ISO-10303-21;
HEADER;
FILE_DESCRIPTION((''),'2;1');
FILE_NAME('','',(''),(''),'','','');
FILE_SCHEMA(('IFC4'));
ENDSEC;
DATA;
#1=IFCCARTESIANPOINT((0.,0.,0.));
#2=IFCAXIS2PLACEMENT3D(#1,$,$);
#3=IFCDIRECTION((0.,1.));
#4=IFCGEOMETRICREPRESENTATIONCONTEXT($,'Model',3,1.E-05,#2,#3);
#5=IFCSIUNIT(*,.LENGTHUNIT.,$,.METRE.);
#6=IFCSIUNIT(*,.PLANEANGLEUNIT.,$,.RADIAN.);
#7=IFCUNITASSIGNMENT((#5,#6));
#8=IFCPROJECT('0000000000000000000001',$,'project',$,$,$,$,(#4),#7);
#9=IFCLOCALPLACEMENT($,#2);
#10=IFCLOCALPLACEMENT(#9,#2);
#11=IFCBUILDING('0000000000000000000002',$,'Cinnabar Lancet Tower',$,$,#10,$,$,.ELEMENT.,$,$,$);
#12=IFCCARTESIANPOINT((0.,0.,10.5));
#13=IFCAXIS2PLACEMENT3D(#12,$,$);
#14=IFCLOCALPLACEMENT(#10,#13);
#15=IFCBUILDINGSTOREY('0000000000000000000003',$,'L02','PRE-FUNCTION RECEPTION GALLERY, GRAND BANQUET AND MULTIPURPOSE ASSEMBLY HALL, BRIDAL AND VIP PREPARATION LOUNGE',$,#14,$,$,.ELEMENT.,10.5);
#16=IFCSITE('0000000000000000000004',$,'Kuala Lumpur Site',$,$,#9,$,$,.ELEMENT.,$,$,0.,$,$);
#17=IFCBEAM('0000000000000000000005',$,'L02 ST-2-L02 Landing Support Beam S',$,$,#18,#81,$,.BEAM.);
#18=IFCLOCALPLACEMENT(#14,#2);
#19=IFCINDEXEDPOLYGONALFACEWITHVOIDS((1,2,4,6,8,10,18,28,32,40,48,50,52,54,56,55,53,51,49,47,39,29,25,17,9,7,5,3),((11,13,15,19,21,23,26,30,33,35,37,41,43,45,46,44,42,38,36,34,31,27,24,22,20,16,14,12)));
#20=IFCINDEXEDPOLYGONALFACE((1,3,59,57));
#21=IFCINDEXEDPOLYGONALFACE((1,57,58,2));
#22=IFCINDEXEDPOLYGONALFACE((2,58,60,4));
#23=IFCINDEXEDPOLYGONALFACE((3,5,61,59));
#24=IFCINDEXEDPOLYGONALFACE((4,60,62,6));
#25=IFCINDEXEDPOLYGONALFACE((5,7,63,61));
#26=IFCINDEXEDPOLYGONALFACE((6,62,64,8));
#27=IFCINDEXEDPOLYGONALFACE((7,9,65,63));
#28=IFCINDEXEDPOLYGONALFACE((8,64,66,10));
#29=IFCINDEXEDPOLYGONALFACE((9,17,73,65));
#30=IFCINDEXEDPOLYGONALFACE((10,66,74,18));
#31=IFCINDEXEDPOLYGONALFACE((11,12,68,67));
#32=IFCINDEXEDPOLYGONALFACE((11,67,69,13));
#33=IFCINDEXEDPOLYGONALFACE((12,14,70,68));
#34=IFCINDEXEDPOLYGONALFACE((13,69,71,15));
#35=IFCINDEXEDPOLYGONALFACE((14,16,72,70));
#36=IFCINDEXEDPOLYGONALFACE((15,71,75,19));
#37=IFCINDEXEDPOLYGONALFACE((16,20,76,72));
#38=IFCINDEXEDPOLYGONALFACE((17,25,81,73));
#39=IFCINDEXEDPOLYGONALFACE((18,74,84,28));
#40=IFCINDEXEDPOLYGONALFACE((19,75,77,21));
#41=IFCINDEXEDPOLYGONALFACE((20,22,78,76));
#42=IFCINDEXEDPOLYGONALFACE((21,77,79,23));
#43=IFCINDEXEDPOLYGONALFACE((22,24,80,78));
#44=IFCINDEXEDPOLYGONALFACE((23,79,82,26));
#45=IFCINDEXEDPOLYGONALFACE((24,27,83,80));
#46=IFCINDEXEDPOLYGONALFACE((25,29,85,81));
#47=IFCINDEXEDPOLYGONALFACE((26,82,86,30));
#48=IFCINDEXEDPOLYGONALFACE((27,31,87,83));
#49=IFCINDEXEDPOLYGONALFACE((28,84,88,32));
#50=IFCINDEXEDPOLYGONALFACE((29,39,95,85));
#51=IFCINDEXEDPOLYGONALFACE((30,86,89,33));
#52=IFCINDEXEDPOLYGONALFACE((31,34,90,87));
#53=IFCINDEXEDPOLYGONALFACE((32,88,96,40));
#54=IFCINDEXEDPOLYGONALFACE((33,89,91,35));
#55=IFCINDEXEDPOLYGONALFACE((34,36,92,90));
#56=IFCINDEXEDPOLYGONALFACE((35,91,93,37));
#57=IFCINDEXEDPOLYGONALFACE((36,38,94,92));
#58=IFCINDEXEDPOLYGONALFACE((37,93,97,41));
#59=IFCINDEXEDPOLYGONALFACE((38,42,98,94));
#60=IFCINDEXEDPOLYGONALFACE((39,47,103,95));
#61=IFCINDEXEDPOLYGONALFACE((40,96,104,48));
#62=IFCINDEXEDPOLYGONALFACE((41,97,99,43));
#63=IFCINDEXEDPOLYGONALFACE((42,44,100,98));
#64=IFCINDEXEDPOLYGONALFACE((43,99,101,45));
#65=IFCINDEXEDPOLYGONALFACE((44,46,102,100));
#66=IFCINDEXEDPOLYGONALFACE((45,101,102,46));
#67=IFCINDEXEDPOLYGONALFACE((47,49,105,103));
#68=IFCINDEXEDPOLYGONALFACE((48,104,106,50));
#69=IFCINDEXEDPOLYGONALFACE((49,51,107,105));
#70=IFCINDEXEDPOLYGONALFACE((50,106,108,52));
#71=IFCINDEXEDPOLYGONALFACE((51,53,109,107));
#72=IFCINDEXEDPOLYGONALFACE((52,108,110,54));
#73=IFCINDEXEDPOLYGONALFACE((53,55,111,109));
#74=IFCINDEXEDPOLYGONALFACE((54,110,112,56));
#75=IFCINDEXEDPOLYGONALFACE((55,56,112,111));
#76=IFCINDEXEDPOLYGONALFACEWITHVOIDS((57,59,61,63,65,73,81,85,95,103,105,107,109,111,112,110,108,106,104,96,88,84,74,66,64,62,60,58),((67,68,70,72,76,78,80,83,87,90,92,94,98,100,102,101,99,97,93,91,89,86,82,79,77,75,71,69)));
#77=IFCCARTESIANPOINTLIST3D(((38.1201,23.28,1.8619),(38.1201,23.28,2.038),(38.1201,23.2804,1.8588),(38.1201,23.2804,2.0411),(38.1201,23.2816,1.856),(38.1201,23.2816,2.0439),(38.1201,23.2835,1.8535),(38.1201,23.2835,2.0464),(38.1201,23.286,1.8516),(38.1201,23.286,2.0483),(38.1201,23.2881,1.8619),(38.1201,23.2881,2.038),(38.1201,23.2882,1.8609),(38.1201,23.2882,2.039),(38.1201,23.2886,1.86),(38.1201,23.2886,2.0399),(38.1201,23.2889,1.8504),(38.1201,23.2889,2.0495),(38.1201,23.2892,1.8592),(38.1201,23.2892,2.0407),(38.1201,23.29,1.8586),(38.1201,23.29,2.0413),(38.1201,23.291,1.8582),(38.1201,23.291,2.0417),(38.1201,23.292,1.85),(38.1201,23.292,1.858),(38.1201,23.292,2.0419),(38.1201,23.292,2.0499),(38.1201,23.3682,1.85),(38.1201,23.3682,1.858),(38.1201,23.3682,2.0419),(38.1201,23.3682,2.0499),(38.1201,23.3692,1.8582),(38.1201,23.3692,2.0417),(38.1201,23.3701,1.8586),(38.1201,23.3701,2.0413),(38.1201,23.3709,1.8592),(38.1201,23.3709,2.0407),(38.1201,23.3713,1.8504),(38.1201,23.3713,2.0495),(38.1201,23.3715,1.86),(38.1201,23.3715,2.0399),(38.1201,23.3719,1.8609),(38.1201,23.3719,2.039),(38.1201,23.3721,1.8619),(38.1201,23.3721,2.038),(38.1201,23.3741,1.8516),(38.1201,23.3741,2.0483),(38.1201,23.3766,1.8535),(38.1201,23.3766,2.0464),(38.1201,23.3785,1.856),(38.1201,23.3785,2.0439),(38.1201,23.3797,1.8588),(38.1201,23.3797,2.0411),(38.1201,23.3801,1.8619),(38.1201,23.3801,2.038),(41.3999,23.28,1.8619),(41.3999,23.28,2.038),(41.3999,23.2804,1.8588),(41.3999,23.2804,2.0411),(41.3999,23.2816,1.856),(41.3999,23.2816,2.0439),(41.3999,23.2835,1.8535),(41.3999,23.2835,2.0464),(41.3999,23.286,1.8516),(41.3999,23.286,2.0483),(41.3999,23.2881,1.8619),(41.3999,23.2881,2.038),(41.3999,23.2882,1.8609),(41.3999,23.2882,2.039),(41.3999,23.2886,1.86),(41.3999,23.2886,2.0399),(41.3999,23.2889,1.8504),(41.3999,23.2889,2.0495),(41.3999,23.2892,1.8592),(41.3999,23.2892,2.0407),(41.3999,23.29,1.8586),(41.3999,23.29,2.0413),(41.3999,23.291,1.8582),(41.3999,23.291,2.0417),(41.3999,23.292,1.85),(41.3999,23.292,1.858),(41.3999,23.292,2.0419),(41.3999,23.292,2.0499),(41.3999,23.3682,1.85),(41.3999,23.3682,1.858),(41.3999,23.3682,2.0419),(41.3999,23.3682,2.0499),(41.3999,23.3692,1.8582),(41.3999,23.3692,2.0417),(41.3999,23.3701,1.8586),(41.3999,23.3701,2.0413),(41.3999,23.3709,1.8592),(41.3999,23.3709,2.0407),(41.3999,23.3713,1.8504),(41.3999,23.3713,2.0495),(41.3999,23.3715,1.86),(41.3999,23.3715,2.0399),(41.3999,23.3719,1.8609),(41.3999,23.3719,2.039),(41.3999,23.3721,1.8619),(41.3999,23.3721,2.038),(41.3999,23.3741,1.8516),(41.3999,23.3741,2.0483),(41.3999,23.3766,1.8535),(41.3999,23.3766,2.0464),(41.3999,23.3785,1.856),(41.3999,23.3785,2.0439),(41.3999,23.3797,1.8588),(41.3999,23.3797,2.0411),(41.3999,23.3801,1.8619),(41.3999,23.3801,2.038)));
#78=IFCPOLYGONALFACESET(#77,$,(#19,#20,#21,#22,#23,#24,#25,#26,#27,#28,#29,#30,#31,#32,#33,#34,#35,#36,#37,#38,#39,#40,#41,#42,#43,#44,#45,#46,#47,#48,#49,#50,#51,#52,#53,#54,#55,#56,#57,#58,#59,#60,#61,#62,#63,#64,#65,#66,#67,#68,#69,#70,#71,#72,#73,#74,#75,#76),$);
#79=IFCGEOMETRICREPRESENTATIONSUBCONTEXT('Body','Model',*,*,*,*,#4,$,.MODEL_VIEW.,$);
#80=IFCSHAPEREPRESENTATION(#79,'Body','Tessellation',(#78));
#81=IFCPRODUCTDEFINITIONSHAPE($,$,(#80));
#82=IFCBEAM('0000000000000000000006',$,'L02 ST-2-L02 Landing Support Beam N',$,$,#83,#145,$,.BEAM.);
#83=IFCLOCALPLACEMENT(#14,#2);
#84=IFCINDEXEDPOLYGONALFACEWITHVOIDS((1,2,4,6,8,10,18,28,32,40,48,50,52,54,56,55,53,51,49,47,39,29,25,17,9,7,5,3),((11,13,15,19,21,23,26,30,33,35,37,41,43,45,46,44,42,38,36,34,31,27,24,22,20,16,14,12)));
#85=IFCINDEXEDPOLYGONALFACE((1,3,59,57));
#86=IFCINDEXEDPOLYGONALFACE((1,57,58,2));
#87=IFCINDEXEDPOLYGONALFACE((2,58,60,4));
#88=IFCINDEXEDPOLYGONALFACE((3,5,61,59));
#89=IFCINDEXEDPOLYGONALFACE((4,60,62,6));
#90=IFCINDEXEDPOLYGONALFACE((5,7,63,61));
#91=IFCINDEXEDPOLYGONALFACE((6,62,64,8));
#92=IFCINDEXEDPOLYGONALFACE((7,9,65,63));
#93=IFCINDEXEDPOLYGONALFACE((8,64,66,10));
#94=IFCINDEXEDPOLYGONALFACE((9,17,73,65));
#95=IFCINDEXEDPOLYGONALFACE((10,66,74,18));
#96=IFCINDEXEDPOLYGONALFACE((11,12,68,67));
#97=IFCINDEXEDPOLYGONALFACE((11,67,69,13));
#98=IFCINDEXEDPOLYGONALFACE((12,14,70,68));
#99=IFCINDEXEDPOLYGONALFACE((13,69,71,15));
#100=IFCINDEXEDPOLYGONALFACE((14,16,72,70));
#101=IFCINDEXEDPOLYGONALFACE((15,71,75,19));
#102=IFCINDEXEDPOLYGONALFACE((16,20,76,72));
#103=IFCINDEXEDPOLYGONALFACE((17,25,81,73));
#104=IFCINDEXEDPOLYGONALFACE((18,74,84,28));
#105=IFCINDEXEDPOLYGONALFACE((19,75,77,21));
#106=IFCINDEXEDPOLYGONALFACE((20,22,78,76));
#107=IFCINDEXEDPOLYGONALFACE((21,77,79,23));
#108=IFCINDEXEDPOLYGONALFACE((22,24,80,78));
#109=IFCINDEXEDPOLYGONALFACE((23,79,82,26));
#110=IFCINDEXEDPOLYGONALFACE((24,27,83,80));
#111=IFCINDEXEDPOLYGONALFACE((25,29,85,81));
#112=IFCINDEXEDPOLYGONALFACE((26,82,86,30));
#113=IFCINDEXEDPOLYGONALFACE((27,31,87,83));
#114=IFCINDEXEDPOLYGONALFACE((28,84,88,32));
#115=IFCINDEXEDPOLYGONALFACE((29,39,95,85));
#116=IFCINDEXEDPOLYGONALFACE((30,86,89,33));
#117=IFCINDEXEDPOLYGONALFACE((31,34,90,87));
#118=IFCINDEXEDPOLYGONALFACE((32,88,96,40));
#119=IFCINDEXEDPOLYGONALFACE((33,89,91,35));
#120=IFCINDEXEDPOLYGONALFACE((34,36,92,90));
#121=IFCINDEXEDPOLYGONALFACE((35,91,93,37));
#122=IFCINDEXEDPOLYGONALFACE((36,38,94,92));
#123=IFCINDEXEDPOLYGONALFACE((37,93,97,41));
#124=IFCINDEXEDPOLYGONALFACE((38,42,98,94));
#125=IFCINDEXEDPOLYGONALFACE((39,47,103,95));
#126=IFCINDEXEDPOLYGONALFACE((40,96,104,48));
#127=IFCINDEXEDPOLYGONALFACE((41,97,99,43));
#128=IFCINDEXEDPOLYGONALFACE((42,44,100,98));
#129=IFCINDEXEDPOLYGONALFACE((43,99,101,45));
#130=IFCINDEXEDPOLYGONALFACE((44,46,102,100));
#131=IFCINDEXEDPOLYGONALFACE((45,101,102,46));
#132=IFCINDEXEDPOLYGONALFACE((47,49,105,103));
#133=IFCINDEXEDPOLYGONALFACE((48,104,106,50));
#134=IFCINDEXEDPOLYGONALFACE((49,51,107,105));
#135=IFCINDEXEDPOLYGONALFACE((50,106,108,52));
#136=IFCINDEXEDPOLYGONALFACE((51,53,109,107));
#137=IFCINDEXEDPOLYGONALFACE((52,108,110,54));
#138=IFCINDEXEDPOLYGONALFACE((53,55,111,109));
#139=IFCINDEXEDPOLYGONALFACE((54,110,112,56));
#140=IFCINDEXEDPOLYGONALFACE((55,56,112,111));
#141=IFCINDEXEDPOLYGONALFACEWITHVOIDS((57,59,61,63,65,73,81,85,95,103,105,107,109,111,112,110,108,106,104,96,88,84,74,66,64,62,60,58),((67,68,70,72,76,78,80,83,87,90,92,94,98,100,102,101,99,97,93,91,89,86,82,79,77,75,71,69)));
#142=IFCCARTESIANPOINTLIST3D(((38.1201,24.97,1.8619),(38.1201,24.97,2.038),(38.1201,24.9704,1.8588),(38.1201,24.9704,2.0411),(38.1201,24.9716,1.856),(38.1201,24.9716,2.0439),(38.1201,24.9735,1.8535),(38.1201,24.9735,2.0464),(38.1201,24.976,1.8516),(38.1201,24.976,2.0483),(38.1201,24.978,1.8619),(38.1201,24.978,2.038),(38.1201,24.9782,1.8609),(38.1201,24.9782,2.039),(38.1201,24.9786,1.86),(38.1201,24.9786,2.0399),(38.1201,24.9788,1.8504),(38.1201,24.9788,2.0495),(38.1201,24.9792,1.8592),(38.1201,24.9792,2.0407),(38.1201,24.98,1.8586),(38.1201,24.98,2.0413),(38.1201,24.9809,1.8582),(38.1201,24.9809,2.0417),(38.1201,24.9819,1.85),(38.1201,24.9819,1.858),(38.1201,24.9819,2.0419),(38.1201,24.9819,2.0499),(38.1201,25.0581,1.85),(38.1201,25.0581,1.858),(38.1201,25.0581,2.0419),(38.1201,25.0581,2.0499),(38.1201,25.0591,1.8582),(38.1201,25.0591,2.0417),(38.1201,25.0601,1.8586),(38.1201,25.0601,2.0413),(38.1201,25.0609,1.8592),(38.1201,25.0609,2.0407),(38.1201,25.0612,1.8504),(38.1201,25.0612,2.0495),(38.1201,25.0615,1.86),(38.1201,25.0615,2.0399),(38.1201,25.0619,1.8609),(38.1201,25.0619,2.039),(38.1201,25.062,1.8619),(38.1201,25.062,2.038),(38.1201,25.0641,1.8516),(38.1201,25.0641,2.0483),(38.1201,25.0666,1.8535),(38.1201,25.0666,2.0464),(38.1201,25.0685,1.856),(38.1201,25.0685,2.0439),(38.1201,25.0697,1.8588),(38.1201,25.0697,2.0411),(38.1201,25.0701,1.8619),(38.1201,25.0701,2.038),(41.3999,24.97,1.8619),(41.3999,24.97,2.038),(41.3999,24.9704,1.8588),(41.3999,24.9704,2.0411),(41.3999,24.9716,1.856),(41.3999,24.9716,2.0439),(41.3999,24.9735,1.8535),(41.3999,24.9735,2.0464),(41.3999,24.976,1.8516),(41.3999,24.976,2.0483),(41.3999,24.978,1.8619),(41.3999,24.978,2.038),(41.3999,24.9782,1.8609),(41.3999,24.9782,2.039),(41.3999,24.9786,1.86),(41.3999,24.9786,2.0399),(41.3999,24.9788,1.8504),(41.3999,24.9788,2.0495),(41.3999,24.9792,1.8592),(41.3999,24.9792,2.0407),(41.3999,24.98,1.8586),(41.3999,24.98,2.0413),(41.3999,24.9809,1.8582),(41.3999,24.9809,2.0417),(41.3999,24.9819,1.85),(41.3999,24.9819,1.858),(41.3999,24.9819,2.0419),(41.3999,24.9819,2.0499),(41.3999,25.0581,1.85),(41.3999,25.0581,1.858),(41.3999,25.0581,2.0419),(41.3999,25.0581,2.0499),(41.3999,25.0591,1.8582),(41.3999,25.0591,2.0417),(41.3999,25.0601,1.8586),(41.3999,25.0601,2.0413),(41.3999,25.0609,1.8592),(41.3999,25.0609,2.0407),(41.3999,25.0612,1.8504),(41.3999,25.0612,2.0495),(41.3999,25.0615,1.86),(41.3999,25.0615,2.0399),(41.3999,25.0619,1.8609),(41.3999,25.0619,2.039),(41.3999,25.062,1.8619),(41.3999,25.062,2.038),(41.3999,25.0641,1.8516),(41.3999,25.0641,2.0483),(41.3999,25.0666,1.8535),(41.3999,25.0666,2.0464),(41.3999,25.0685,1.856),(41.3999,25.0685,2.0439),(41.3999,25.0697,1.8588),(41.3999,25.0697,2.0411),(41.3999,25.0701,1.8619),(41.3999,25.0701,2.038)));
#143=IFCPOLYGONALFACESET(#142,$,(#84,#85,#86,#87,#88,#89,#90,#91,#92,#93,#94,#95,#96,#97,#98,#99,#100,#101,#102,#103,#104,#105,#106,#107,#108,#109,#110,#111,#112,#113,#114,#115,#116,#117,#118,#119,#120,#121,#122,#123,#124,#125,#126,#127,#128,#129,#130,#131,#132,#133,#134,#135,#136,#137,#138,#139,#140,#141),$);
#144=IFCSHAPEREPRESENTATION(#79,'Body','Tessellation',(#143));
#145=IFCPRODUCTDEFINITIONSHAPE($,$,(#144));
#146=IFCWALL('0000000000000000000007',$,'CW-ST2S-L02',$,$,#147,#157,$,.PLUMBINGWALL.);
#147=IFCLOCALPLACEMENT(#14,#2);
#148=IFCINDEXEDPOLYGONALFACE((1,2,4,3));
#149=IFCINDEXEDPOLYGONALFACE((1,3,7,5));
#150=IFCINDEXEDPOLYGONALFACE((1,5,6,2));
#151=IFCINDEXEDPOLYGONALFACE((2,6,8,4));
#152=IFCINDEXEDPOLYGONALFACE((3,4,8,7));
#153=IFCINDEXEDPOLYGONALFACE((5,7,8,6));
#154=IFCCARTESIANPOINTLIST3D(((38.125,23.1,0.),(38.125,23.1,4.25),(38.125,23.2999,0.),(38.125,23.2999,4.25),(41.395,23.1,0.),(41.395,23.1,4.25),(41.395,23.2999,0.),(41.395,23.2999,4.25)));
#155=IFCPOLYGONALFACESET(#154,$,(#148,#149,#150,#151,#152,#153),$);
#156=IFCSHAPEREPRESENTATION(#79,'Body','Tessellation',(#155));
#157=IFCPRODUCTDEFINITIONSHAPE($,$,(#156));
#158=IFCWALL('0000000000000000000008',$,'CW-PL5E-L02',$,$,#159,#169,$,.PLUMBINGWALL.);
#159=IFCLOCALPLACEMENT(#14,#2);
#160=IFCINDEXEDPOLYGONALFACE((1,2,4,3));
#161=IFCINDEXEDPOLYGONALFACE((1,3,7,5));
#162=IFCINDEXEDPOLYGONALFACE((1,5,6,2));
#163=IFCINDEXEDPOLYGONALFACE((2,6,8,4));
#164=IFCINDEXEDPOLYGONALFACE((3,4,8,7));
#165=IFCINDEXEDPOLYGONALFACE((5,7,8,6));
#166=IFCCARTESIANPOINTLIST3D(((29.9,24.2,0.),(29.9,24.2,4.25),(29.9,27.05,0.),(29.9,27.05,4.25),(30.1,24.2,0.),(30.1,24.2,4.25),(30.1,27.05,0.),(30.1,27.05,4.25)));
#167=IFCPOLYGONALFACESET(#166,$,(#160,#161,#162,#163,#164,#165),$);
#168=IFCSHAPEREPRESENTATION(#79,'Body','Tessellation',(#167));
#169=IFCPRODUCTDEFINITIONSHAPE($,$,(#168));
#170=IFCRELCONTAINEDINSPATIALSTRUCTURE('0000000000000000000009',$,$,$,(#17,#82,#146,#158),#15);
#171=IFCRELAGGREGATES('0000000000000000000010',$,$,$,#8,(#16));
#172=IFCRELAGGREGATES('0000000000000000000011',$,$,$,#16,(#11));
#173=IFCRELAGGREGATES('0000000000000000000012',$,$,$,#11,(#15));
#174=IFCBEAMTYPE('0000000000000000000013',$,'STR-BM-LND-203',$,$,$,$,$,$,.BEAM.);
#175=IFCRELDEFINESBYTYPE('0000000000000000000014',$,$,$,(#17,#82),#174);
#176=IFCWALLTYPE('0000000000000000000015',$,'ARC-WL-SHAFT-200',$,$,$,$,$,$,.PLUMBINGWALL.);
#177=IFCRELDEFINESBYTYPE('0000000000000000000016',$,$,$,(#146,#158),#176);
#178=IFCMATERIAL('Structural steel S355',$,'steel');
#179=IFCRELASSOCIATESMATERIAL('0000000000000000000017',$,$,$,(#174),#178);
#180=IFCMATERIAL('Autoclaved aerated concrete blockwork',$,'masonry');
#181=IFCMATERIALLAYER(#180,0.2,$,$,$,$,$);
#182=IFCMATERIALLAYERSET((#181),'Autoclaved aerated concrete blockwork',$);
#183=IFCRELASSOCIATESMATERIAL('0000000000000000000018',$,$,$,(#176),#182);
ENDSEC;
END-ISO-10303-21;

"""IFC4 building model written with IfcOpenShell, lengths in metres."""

from ifc_helpers import new_model, si_unit, direction, frame, frame_2d, origin, origin_2d, place, context, subcontext, project, spatial, rectangle, hollow_rectangle, extrude, material, layer, layer_set, material_profile, profile_set, type_object, element, save


model = new_model("IFC4")

# Units and contexts
model_context = context("Model", 3, precision=1e-05, world=origin(), true_north=direction((0.0, 1.0)))
body_context = subcontext(model_context, "Body", "Model", "MODEL_VIEW")
ifc_project = project(units=[si_unit("LENGTHUNIT", "METRE"), si_unit("PLANEANGLEUNIT", "RADIAN")], contexts=[model_context])

# Site, building, storey
site_placement = place(None, origin())
site = spatial("IfcSite", under=ifc_project, at=site_placement, Name="Kuala Lumpur Site", CompositionType="ELEMENT", RefElevation=0.0)
building_placement = place(site_placement, origin())
building = spatial("IfcBuilding", under=site, at=building_placement, Name="Cinnabar Lancet Tower", CompositionType="ELEMENT")
storey_placement = place(building_placement, frame((0.0, 0.0, 10.5)))
storey = spatial("IfcBuildingStorey", under=building, at=storey_placement, Name="L02", Description="PRE-FUNCTION RECEPTION GALLERY, GRAND BANQUET AND MULTIPURPOSE ASSEMBLY HALL, BRIDAL AND VIP PREPARATION LOUNGE", CompositionType="ELEMENT", Elevation=10.5)

# Beams
ifc_material_1 = material(Name="Structural steel S355", Category="steel")
ifc_material_profile = material_profile(ifc_material_1, hollow_rectangle(XDim=0.1001, YDim=0.2, WallThickness=0.0081, InnerFilletRadius=0.0039, OuterFilletRadius=0.012, at=origin_2d()), Name="RHS 200x100x8")
ifc_profile_set = profile_set([ifc_material_profile], Name="Structural steel S355")
beam_type = type_object("IfcBeamType", Name="STR-BM-LND-203", PredefinedType="BEAM", material=ifc_profile_set)
for number, where, z_axis, x_axis, name in (
    (1, (38.1201, 23.3301, 1.95), (1.0, 0.0, 0.0), (0.0, 1.0, 0.0), "L02 ST-2-L02 Landing Support Beam S"),
    (2, (38.1201, 25.02, 1.95), (1.0, 0.0, 0.0), (0.0, 1.0, 0.0), "L02 ST-2-L02 Landing Support Beam N"),
):
    element("IfcBeam", number, at=place(storey_placement, frame(where, z_axis=z_axis, x_axis=x_axis)), inside=storey, type_object=beam_type, Name=name, PredefinedType="BEAM", context=body_context, shape_type="SweptSolid", body=[
        extrude(hollow_rectangle(XDim=0.1001, YDim=0.2, WallThickness=0.0081, InnerFilletRadius=0.0039, OuterFilletRadius=0.012, at=origin_2d()), origin(), (0.0, 0.0, 1.0), 3.2798),
    ])

# Walls
ifc_material_2 = material(Name="Autoclaved aerated concrete blockwork", Category="masonry")
ifc_layer_1 = layer(ifc_material_2, 0.2)
ifc_layer_set_1 = layer_set([ifc_layer_1], Name="Autoclaved aerated concrete blockwork")
wall_type_1 = type_object("IfcWallType", Name="ARC-WL-SHAFT-200", PredefinedType="PLUMBINGWALL", material=ifc_layer_set_1)
wall_1_placement = place(storey_placement, frame((38.125, 23.2, 0.0), z_axis=(0.0, 0.0, 1.0), x_axis=(1.0, 0.0, 0.0)))
element("IfcWall", 3, at=wall_1_placement, inside=storey, type_object=wall_type_1, Name="CW-ST2S-L02", PredefinedType="PLUMBINGWALL", context=body_context, shape_type="SweptSolid", body=[
    extrude(rectangle(XDim=3.27, YDim=0.2, at=frame_2d((1.635, 0.0))), origin(), (0.0, 0.0, 1.0), 4.25),
])
wall_2_placement = place(storey_placement, frame((30.0, 24.2, 0.0), z_axis=(0.0, 0.0, 1.0), x_axis=(0.0, 1.0, 0.0)))
element("IfcWall", 4, at=wall_2_placement, inside=storey, type_object=wall_type_1, Name="CW-PL5E-L02", PredefinedType="PLUMBINGWALL", context=body_context, shape_type="SweptSolid", body=[
    extrude(rectangle(XDim=2.8501, YDim=0.2, at=frame_2d((1.425, 0.0))), origin(), (0.0, 0.0, 1.0), 4.25),
])

save(model, "model.ifc")
